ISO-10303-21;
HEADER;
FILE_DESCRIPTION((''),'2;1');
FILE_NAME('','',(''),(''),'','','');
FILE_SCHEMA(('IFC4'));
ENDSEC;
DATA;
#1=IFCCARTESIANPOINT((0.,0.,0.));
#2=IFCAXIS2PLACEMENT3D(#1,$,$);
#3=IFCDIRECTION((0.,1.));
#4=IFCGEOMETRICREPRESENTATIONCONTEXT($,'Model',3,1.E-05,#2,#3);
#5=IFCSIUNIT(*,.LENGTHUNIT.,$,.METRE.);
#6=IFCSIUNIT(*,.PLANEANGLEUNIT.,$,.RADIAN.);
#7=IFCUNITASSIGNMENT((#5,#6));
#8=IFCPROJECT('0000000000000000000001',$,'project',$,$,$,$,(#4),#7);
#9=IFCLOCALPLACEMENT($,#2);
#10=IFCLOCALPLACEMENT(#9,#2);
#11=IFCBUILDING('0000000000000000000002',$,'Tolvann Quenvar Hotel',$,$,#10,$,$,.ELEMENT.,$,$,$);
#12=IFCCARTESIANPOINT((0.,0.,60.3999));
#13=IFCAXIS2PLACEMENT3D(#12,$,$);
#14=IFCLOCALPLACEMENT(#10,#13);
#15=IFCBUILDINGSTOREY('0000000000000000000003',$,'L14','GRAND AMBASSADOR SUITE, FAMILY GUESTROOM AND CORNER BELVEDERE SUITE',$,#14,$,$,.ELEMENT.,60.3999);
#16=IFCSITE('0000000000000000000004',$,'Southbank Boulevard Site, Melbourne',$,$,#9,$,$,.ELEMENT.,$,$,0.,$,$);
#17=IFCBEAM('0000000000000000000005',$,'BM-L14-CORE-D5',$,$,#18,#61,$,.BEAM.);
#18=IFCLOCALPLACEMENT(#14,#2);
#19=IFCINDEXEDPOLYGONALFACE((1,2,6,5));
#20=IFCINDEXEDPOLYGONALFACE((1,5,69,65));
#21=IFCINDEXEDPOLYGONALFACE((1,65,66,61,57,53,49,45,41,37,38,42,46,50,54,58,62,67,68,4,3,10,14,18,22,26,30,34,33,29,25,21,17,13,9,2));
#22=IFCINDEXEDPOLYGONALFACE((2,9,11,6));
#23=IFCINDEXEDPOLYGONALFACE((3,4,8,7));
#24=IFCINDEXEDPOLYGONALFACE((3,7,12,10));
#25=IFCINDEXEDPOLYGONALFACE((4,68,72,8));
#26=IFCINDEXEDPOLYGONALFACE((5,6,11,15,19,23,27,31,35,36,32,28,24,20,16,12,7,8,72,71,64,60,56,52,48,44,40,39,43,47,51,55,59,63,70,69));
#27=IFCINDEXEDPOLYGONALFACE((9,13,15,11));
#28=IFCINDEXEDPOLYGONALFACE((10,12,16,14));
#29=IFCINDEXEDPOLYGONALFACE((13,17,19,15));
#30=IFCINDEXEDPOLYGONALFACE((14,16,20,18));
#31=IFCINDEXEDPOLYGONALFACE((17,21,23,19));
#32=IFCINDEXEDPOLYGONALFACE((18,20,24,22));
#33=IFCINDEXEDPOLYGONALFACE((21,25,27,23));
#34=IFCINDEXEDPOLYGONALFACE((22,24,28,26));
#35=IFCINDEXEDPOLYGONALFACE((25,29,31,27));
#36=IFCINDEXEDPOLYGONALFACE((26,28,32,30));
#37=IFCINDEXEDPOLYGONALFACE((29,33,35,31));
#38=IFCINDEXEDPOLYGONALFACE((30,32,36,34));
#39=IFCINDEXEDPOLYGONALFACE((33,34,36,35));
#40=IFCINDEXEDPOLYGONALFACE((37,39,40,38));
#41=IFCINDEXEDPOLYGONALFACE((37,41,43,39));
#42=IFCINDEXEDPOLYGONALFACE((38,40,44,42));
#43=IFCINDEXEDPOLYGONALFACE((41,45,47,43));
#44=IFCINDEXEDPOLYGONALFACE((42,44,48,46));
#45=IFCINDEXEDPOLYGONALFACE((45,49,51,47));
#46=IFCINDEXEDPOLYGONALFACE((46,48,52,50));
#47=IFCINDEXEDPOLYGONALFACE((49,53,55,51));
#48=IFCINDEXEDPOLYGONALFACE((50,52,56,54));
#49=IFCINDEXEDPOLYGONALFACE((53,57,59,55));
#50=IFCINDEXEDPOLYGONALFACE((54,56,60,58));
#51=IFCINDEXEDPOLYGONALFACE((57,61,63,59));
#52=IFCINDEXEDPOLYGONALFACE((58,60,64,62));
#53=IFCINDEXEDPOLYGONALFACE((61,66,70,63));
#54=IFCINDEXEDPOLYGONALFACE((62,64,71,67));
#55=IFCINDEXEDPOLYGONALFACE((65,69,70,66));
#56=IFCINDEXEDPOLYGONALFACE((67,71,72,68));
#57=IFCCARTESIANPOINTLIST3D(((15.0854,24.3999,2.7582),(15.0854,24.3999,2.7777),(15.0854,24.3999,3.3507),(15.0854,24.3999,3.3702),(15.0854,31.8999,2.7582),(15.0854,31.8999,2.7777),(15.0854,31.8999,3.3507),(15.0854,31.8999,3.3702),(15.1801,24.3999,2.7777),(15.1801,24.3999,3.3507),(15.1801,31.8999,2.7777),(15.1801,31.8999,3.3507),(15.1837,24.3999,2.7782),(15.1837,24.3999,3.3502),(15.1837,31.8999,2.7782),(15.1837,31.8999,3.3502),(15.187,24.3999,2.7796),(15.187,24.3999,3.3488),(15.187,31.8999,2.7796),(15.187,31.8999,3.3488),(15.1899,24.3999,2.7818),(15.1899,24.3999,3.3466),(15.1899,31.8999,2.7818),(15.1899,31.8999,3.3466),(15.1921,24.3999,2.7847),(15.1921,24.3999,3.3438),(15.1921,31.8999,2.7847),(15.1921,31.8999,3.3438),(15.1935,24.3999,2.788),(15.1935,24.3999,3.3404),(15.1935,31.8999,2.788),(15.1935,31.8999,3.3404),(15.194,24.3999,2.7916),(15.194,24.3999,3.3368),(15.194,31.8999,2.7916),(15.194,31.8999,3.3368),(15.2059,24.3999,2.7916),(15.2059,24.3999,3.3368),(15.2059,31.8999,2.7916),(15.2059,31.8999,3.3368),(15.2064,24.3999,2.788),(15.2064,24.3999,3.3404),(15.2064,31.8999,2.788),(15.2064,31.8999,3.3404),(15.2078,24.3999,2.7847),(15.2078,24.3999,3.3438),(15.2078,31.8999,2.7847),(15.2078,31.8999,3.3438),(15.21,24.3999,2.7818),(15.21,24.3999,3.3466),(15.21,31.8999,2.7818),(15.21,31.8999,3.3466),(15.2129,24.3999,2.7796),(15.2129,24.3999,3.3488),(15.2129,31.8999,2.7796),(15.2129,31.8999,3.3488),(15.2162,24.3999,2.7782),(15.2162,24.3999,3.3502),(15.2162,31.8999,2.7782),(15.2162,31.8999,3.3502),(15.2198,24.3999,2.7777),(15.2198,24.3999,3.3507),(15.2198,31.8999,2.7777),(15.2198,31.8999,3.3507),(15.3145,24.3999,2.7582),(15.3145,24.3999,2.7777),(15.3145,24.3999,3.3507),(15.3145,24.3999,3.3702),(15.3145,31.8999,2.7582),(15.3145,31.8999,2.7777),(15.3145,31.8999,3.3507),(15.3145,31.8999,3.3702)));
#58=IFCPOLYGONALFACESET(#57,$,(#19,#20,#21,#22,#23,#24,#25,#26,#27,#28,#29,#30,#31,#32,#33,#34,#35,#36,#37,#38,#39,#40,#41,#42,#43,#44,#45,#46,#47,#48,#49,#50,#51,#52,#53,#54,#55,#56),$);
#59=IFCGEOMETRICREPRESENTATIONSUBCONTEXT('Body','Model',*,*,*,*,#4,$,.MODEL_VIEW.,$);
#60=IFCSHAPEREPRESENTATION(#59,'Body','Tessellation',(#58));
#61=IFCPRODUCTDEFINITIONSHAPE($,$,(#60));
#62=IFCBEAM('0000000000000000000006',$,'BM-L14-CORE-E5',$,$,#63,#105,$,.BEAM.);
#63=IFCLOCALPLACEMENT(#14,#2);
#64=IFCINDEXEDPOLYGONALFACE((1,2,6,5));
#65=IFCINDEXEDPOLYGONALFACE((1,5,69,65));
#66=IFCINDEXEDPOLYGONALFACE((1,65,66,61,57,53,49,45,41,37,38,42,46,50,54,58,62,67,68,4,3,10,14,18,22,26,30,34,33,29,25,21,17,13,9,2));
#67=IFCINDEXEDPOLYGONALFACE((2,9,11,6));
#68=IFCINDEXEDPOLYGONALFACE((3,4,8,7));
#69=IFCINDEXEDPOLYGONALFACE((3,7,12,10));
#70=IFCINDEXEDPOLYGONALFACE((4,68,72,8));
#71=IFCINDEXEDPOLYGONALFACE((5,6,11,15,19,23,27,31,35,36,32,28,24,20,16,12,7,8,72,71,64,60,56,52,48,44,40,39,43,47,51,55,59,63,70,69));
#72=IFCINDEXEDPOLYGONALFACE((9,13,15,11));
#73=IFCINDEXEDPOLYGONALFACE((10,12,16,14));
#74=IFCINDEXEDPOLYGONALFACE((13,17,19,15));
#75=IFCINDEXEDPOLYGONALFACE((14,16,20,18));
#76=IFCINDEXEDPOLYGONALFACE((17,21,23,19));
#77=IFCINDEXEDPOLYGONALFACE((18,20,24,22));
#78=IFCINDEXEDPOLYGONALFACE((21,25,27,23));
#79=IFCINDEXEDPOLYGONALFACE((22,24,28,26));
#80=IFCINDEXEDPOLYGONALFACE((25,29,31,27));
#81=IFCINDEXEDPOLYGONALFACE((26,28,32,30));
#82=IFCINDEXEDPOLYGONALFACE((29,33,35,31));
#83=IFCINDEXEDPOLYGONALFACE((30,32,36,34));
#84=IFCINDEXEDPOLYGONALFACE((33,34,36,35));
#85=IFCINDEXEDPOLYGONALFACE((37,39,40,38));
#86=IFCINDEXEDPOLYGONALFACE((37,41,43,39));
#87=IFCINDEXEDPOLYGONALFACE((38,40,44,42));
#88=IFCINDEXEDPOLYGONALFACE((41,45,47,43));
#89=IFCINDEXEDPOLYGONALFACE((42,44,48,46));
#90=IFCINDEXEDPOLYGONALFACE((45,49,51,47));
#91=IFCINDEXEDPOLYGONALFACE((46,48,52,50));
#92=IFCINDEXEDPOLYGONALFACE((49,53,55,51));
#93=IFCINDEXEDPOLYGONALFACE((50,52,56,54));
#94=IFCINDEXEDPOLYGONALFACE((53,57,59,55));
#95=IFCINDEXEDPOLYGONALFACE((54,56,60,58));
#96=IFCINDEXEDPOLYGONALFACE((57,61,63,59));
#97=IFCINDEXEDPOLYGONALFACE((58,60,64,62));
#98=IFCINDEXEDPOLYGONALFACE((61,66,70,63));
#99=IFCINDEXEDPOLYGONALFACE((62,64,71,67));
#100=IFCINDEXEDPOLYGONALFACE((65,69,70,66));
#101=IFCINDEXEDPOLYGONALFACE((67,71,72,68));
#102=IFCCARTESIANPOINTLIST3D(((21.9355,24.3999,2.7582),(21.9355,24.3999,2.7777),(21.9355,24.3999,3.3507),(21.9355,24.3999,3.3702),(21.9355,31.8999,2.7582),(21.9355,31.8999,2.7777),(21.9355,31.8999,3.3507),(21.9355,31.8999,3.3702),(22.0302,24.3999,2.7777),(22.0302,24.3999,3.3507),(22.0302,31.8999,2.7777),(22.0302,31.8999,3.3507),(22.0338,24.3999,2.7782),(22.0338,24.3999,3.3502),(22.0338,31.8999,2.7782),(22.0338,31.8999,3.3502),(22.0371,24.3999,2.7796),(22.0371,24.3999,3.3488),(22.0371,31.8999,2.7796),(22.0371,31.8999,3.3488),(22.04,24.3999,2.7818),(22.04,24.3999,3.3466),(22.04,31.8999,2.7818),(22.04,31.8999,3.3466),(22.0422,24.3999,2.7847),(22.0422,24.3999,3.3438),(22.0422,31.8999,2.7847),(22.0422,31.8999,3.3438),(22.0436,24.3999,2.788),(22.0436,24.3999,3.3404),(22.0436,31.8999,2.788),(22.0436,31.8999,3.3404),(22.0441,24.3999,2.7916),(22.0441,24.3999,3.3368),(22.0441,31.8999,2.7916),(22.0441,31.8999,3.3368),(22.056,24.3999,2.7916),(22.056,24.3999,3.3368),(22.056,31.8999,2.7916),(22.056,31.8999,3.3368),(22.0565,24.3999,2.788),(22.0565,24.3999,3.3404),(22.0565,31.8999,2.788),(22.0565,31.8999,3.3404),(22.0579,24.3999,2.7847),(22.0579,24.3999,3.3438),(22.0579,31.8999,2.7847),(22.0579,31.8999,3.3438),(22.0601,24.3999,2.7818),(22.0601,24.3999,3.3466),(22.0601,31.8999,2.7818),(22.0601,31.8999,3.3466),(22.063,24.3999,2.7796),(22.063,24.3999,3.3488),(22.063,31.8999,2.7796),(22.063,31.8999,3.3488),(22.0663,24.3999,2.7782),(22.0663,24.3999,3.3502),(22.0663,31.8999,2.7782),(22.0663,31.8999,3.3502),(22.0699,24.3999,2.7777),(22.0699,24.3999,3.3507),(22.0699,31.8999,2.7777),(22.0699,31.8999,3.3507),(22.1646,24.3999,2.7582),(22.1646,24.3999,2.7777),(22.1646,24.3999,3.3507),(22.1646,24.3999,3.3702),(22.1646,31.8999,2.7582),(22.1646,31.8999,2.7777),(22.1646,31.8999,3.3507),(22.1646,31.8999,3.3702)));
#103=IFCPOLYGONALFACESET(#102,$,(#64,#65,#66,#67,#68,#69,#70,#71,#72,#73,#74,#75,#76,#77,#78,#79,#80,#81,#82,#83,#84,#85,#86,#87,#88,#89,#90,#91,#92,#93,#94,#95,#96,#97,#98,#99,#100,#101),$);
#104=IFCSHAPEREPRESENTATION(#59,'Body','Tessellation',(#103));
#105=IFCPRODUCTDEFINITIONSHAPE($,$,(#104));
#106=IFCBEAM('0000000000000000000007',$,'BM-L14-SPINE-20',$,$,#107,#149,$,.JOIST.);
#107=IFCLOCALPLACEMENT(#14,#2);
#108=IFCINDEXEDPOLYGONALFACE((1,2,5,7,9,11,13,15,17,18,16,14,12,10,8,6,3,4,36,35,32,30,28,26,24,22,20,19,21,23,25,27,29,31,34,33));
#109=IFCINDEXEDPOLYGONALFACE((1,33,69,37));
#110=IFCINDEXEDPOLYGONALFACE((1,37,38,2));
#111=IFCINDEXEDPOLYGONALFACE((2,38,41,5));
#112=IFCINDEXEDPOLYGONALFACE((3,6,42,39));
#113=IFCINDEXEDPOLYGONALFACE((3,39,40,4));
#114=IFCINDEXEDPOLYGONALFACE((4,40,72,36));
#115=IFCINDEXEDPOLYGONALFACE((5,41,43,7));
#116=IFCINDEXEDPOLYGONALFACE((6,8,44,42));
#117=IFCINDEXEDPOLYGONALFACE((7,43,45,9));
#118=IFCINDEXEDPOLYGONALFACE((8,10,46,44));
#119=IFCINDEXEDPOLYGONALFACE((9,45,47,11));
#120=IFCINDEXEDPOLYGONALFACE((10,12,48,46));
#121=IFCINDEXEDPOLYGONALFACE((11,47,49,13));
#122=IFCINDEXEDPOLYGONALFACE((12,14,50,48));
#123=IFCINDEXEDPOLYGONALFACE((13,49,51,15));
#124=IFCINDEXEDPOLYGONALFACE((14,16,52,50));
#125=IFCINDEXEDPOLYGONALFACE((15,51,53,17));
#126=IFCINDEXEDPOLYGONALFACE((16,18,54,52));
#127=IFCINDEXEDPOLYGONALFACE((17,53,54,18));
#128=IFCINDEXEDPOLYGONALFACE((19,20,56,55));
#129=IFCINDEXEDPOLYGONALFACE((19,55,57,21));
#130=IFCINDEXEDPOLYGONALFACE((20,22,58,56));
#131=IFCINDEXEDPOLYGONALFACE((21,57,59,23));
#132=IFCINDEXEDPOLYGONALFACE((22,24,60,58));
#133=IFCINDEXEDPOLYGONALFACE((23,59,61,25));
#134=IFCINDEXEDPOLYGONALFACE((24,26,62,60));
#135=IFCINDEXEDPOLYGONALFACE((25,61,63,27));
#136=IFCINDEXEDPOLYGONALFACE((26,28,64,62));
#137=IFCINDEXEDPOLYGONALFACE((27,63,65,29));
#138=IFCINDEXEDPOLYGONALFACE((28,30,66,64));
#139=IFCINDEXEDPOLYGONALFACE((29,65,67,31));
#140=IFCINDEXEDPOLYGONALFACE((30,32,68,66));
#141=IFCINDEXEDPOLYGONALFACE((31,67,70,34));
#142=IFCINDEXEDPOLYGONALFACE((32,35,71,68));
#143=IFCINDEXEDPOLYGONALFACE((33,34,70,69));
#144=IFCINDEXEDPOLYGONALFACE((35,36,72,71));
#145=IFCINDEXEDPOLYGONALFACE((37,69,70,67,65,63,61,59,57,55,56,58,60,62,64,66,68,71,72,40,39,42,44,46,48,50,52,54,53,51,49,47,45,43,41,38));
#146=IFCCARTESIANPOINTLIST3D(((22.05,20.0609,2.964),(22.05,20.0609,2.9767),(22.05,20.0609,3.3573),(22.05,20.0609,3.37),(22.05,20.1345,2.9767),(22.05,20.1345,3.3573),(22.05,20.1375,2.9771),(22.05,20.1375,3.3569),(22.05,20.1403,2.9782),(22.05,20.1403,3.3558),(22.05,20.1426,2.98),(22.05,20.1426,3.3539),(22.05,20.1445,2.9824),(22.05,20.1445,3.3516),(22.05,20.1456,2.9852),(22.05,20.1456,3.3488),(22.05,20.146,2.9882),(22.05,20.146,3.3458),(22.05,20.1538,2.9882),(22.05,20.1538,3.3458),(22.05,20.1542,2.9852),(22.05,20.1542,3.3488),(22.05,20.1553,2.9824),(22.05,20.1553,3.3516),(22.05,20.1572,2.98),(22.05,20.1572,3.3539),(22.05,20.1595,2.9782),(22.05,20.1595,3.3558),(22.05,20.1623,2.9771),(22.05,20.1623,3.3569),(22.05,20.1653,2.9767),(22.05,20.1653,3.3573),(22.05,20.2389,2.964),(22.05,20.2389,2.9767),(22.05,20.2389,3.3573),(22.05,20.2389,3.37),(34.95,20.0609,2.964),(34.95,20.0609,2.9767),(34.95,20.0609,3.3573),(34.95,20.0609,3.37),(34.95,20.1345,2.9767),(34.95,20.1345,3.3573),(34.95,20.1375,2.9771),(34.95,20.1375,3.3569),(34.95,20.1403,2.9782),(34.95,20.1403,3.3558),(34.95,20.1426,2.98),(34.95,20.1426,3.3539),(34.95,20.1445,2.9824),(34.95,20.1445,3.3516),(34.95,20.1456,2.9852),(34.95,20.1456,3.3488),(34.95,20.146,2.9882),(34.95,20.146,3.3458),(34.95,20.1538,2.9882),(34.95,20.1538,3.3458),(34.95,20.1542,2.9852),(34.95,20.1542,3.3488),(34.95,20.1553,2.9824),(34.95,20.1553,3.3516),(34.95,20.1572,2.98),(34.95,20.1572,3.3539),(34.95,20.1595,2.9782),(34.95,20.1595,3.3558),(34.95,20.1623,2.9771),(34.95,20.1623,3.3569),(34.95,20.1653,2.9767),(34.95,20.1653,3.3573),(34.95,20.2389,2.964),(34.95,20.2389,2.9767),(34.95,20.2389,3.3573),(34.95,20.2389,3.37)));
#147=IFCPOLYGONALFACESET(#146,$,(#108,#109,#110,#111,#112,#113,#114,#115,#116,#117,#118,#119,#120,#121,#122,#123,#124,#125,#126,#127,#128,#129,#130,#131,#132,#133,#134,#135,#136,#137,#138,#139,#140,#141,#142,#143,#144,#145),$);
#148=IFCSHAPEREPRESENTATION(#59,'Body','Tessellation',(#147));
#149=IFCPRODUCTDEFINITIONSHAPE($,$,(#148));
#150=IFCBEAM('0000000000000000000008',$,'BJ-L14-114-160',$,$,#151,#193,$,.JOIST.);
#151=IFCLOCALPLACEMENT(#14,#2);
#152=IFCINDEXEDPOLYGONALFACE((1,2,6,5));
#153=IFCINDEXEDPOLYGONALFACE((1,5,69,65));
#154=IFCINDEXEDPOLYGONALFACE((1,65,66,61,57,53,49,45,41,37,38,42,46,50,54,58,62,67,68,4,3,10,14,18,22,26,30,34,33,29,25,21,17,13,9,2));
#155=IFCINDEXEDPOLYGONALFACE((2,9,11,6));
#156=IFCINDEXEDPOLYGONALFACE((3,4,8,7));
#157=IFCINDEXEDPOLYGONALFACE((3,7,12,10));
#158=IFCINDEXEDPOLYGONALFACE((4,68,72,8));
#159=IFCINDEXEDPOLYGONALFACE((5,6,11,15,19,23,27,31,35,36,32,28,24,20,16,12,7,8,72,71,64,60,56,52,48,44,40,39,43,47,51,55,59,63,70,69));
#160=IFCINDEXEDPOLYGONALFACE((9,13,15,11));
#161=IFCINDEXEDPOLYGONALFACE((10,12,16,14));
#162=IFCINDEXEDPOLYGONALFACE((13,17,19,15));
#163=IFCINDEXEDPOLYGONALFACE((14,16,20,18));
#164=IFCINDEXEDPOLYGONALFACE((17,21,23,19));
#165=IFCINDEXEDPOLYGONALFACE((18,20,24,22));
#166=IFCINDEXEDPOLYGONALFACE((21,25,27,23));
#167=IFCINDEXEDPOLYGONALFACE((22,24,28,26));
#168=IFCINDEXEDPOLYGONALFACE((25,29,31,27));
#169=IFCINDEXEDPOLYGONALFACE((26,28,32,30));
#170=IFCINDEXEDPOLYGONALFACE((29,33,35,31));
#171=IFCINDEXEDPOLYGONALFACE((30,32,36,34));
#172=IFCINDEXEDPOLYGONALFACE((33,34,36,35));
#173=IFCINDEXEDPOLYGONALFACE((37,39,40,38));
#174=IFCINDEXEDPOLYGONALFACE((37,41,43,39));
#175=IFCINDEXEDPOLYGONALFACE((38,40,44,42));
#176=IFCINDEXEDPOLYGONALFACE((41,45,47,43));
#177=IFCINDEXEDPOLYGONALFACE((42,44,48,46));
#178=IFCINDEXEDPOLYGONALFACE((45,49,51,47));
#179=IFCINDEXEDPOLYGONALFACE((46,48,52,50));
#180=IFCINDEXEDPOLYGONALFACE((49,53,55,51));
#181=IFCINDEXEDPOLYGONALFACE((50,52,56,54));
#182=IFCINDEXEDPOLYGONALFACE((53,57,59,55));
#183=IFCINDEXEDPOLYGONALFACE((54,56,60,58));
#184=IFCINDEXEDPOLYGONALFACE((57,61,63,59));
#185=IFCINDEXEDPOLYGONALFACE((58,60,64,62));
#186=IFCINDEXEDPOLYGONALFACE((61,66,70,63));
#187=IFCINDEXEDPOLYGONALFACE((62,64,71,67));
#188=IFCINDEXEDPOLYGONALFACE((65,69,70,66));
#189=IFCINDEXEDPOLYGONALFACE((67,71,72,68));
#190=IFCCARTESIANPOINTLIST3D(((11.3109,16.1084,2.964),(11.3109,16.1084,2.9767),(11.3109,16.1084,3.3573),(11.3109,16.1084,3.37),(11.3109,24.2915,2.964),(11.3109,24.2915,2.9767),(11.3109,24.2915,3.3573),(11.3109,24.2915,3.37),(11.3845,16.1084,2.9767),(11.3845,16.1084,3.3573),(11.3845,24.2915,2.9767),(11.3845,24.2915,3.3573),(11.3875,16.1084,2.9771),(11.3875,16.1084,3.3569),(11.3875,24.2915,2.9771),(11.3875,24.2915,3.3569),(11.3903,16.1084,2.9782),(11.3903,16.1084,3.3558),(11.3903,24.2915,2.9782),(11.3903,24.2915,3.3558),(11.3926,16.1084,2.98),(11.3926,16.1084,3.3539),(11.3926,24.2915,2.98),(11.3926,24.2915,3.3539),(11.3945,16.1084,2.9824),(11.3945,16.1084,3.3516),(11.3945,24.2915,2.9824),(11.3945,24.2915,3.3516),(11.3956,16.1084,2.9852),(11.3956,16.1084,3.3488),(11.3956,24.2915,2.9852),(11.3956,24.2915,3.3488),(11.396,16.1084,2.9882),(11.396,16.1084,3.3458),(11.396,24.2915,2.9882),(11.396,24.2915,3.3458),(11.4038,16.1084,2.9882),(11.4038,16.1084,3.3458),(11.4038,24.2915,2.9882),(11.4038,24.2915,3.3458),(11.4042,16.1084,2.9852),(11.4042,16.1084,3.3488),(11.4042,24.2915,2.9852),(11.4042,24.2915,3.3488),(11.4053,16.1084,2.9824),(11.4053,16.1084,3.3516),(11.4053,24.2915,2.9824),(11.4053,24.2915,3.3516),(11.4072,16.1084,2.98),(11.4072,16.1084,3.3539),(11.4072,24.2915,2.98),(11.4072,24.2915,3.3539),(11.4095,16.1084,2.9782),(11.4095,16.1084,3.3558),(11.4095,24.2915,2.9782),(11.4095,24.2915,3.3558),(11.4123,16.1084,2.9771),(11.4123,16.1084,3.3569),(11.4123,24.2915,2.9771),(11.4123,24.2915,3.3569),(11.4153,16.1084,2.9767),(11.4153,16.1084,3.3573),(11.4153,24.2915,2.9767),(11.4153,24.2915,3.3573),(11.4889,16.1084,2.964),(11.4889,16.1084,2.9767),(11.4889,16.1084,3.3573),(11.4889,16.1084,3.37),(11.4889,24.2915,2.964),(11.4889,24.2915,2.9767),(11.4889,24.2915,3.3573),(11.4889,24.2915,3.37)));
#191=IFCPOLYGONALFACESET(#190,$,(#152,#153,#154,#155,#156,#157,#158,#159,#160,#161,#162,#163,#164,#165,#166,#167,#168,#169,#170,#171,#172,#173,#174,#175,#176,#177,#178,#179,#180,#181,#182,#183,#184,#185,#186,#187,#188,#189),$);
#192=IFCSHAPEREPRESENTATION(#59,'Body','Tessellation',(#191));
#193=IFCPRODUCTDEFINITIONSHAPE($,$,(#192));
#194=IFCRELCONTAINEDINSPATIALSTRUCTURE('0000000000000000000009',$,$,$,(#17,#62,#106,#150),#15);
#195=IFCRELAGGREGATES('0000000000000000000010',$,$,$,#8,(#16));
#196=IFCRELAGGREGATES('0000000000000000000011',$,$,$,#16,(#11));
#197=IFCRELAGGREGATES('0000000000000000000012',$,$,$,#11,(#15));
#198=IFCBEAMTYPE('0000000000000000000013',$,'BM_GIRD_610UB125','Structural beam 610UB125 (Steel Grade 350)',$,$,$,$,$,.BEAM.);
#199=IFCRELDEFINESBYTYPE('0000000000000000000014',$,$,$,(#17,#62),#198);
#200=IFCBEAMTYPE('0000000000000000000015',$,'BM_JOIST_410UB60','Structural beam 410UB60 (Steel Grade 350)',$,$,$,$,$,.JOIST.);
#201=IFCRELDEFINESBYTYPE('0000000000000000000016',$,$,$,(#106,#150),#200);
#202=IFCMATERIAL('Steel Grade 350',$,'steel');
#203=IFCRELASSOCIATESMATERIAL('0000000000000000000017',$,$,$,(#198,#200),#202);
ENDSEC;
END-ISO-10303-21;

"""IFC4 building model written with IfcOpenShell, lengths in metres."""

from ifc_helpers import new_model, si_unit, direction, frame, origin, origin_2d, place, context, subcontext, project, spatial, i_section, extrude, source, transform, mapped, material, material_profile, profile_set, type_object, element, save


model = new_model("IFC4")

# Units and contexts
model_context = context("Model", 3, precision=1e-05, world=origin(), true_north=direction((0.0, 1.0)))
body_context = subcontext(model_context, "Body", "Model", "MODEL_VIEW")
ifc_project = project(units=[si_unit("LENGTHUNIT", "METRE"), si_unit("PLANEANGLEUNIT", "RADIAN")], contexts=[model_context])

# Site, building, storey
site_placement = place(None, origin())
site = spatial("IfcSite", under=ifc_project, at=site_placement, Name="Southbank Boulevard Site, Melbourne", CompositionType="ELEMENT", RefElevation=0.0)
building_placement = place(site_placement, origin())
building = spatial("IfcBuilding", under=site, at=building_placement, Name="Tolvann Quenvar Hotel", CompositionType="ELEMENT")
storey_placement = place(building_placement, frame((0.0, 0.0, 60.3999)))
storey = spatial("IfcBuildingStorey", under=building, at=storey_placement, Name="L14", Description="GRAND AMBASSADOR SUITE, FAMILY GUESTROOM AND CORNER BELVEDERE SUITE", CompositionType="ELEMENT", Elevation=60.3999)

# Shared definitions
ifc_material_1 = material(Name="Steel Grade 350", Category="steel")

# Beams
ifc_material_profile_1 = material_profile(ifc_material_1, i_section(OverallWidth=0.229, OverallDepth=0.6121, WebThickness=0.012, FlangeThickness=0.0195, FilletRadius=0.0139, at=origin_2d()), Name="610UB125")
ifc_profile_set_1 = profile_set([ifc_material_profile_1], Name="Steel Grade 350")
beam_type_1 = type_object("IfcBeamType", Name="BM_GIRD_610UB125", Description="Structural beam 610UB125 (Steel Grade 350)", PredefinedType="BEAM", material=ifc_profile_set_1)
shared_shape_1 = source(origin(), body_context, "Body", "SweptSolid", [
    extrude(i_section(OverallWidth=0.229, OverallDepth=0.6121, WebThickness=0.012, FlangeThickness=0.0195, FilletRadius=0.0139, at=origin_2d()), origin(), (0.0, 0.0, 1.0), 7.5),
])
for number, where, z_axis, x_axis, name in (
    (1, (15.2, 24.3999, 3.0642), (0.0, 1.0, 0.0), (-1.0, 0.0, 0.0), "BM-L14-CORE-D5"),
    (2, (22.05, 24.3999, 3.0642), (0.0, 1.0, 0.0), (-1.0, 0.0, 0.0), "BM-L14-CORE-E5"),
):
    element("IfcBeam", number, at=place(storey_placement, frame(where, z_axis=z_axis, x_axis=x_axis)), inside=storey, type_object=beam_type_1, Name=name, PredefinedType="BEAM", context=body_context, shape_type="MappedRepresentation", body=[
        mapped(shared_shape_1, transform((0.0, 0.0, 0.0), x_axis=(1.0, 0.0, 0.0), y_axis=(0.0, 1.0, 0.0), z_axis=(0.0, 0.0, 1.0), scale=1.0)),
    ])
ifc_material_profile_2 = material_profile(ifc_material_1, i_section(OverallWidth=0.178, OverallDepth=0.406, WebThickness=0.0078, FlangeThickness=0.0127, FilletRadius=0.0115, at=origin_2d()), Name="410UB60")
ifc_profile_set_2 = profile_set([ifc_material_profile_2], Name="Steel Grade 350")
beam_type_2 = type_object("IfcBeamType", Name="BM_JOIST_410UB60", Description="Structural beam 410UB60 (Steel Grade 350)", PredefinedType="JOIST", material=ifc_profile_set_2)
shared_shape_2 = source(origin(), body_context, "Body", "SweptSolid", [
    extrude(i_section(OverallWidth=0.178, OverallDepth=0.406, WebThickness=0.0078, FlangeThickness=0.0127, FilletRadius=0.0115, at=origin_2d()), origin(), (0.0, 0.0, 1.0), 12.8999),
])
beam_1_placement = place(storey_placement, frame((22.05, 20.1499, 3.167), z_axis=(1.0, 0.0, 0.0), x_axis=(0.0, 1.0, 0.0)))
element("IfcBeam", 3, at=beam_1_placement, inside=storey, type_object=beam_type_2, Name="BM-L14-SPINE-20", PredefinedType="JOIST", context=body_context, shape_type="MappedRepresentation", body=[
    mapped(shared_shape_2, transform((0.0, 0.0, 0.0), x_axis=(1.0, 0.0, 0.0), y_axis=(0.0, 1.0, 0.0), z_axis=(0.0, 0.0, 1.0), scale=1.0)),
])
shared_shape_3 = source(origin(), body_context, "Body", "SweptSolid", [
    extrude(i_section(OverallWidth=0.178, OverallDepth=0.406, WebThickness=0.0078, FlangeThickness=0.0127, FilletRadius=0.0115, at=origin_2d()), origin(), (0.0, 0.0, 1.0), 8.1831),
])
beam_2_placement = place(storey_placement, frame((11.3999, 16.1084, 3.167), z_axis=(0.0, 1.0, 0.0), x_axis=(-1.0, 0.0, 0.0)))
element("IfcBeam", 4, at=beam_2_placement, inside=storey, type_object=beam_type_2, Name="BJ-L14-114-160", PredefinedType="JOIST", context=body_context, shape_type="MappedRepresentation", body=[
    mapped(shared_shape_3, transform((0.0, 0.0, 0.0), x_axis=(1.0, 0.0, 0.0), y_axis=(0.0, 1.0, 0.0), z_axis=(0.0, 0.0, 1.0), scale=1.0)),
])

save(model, "model.ifc")
